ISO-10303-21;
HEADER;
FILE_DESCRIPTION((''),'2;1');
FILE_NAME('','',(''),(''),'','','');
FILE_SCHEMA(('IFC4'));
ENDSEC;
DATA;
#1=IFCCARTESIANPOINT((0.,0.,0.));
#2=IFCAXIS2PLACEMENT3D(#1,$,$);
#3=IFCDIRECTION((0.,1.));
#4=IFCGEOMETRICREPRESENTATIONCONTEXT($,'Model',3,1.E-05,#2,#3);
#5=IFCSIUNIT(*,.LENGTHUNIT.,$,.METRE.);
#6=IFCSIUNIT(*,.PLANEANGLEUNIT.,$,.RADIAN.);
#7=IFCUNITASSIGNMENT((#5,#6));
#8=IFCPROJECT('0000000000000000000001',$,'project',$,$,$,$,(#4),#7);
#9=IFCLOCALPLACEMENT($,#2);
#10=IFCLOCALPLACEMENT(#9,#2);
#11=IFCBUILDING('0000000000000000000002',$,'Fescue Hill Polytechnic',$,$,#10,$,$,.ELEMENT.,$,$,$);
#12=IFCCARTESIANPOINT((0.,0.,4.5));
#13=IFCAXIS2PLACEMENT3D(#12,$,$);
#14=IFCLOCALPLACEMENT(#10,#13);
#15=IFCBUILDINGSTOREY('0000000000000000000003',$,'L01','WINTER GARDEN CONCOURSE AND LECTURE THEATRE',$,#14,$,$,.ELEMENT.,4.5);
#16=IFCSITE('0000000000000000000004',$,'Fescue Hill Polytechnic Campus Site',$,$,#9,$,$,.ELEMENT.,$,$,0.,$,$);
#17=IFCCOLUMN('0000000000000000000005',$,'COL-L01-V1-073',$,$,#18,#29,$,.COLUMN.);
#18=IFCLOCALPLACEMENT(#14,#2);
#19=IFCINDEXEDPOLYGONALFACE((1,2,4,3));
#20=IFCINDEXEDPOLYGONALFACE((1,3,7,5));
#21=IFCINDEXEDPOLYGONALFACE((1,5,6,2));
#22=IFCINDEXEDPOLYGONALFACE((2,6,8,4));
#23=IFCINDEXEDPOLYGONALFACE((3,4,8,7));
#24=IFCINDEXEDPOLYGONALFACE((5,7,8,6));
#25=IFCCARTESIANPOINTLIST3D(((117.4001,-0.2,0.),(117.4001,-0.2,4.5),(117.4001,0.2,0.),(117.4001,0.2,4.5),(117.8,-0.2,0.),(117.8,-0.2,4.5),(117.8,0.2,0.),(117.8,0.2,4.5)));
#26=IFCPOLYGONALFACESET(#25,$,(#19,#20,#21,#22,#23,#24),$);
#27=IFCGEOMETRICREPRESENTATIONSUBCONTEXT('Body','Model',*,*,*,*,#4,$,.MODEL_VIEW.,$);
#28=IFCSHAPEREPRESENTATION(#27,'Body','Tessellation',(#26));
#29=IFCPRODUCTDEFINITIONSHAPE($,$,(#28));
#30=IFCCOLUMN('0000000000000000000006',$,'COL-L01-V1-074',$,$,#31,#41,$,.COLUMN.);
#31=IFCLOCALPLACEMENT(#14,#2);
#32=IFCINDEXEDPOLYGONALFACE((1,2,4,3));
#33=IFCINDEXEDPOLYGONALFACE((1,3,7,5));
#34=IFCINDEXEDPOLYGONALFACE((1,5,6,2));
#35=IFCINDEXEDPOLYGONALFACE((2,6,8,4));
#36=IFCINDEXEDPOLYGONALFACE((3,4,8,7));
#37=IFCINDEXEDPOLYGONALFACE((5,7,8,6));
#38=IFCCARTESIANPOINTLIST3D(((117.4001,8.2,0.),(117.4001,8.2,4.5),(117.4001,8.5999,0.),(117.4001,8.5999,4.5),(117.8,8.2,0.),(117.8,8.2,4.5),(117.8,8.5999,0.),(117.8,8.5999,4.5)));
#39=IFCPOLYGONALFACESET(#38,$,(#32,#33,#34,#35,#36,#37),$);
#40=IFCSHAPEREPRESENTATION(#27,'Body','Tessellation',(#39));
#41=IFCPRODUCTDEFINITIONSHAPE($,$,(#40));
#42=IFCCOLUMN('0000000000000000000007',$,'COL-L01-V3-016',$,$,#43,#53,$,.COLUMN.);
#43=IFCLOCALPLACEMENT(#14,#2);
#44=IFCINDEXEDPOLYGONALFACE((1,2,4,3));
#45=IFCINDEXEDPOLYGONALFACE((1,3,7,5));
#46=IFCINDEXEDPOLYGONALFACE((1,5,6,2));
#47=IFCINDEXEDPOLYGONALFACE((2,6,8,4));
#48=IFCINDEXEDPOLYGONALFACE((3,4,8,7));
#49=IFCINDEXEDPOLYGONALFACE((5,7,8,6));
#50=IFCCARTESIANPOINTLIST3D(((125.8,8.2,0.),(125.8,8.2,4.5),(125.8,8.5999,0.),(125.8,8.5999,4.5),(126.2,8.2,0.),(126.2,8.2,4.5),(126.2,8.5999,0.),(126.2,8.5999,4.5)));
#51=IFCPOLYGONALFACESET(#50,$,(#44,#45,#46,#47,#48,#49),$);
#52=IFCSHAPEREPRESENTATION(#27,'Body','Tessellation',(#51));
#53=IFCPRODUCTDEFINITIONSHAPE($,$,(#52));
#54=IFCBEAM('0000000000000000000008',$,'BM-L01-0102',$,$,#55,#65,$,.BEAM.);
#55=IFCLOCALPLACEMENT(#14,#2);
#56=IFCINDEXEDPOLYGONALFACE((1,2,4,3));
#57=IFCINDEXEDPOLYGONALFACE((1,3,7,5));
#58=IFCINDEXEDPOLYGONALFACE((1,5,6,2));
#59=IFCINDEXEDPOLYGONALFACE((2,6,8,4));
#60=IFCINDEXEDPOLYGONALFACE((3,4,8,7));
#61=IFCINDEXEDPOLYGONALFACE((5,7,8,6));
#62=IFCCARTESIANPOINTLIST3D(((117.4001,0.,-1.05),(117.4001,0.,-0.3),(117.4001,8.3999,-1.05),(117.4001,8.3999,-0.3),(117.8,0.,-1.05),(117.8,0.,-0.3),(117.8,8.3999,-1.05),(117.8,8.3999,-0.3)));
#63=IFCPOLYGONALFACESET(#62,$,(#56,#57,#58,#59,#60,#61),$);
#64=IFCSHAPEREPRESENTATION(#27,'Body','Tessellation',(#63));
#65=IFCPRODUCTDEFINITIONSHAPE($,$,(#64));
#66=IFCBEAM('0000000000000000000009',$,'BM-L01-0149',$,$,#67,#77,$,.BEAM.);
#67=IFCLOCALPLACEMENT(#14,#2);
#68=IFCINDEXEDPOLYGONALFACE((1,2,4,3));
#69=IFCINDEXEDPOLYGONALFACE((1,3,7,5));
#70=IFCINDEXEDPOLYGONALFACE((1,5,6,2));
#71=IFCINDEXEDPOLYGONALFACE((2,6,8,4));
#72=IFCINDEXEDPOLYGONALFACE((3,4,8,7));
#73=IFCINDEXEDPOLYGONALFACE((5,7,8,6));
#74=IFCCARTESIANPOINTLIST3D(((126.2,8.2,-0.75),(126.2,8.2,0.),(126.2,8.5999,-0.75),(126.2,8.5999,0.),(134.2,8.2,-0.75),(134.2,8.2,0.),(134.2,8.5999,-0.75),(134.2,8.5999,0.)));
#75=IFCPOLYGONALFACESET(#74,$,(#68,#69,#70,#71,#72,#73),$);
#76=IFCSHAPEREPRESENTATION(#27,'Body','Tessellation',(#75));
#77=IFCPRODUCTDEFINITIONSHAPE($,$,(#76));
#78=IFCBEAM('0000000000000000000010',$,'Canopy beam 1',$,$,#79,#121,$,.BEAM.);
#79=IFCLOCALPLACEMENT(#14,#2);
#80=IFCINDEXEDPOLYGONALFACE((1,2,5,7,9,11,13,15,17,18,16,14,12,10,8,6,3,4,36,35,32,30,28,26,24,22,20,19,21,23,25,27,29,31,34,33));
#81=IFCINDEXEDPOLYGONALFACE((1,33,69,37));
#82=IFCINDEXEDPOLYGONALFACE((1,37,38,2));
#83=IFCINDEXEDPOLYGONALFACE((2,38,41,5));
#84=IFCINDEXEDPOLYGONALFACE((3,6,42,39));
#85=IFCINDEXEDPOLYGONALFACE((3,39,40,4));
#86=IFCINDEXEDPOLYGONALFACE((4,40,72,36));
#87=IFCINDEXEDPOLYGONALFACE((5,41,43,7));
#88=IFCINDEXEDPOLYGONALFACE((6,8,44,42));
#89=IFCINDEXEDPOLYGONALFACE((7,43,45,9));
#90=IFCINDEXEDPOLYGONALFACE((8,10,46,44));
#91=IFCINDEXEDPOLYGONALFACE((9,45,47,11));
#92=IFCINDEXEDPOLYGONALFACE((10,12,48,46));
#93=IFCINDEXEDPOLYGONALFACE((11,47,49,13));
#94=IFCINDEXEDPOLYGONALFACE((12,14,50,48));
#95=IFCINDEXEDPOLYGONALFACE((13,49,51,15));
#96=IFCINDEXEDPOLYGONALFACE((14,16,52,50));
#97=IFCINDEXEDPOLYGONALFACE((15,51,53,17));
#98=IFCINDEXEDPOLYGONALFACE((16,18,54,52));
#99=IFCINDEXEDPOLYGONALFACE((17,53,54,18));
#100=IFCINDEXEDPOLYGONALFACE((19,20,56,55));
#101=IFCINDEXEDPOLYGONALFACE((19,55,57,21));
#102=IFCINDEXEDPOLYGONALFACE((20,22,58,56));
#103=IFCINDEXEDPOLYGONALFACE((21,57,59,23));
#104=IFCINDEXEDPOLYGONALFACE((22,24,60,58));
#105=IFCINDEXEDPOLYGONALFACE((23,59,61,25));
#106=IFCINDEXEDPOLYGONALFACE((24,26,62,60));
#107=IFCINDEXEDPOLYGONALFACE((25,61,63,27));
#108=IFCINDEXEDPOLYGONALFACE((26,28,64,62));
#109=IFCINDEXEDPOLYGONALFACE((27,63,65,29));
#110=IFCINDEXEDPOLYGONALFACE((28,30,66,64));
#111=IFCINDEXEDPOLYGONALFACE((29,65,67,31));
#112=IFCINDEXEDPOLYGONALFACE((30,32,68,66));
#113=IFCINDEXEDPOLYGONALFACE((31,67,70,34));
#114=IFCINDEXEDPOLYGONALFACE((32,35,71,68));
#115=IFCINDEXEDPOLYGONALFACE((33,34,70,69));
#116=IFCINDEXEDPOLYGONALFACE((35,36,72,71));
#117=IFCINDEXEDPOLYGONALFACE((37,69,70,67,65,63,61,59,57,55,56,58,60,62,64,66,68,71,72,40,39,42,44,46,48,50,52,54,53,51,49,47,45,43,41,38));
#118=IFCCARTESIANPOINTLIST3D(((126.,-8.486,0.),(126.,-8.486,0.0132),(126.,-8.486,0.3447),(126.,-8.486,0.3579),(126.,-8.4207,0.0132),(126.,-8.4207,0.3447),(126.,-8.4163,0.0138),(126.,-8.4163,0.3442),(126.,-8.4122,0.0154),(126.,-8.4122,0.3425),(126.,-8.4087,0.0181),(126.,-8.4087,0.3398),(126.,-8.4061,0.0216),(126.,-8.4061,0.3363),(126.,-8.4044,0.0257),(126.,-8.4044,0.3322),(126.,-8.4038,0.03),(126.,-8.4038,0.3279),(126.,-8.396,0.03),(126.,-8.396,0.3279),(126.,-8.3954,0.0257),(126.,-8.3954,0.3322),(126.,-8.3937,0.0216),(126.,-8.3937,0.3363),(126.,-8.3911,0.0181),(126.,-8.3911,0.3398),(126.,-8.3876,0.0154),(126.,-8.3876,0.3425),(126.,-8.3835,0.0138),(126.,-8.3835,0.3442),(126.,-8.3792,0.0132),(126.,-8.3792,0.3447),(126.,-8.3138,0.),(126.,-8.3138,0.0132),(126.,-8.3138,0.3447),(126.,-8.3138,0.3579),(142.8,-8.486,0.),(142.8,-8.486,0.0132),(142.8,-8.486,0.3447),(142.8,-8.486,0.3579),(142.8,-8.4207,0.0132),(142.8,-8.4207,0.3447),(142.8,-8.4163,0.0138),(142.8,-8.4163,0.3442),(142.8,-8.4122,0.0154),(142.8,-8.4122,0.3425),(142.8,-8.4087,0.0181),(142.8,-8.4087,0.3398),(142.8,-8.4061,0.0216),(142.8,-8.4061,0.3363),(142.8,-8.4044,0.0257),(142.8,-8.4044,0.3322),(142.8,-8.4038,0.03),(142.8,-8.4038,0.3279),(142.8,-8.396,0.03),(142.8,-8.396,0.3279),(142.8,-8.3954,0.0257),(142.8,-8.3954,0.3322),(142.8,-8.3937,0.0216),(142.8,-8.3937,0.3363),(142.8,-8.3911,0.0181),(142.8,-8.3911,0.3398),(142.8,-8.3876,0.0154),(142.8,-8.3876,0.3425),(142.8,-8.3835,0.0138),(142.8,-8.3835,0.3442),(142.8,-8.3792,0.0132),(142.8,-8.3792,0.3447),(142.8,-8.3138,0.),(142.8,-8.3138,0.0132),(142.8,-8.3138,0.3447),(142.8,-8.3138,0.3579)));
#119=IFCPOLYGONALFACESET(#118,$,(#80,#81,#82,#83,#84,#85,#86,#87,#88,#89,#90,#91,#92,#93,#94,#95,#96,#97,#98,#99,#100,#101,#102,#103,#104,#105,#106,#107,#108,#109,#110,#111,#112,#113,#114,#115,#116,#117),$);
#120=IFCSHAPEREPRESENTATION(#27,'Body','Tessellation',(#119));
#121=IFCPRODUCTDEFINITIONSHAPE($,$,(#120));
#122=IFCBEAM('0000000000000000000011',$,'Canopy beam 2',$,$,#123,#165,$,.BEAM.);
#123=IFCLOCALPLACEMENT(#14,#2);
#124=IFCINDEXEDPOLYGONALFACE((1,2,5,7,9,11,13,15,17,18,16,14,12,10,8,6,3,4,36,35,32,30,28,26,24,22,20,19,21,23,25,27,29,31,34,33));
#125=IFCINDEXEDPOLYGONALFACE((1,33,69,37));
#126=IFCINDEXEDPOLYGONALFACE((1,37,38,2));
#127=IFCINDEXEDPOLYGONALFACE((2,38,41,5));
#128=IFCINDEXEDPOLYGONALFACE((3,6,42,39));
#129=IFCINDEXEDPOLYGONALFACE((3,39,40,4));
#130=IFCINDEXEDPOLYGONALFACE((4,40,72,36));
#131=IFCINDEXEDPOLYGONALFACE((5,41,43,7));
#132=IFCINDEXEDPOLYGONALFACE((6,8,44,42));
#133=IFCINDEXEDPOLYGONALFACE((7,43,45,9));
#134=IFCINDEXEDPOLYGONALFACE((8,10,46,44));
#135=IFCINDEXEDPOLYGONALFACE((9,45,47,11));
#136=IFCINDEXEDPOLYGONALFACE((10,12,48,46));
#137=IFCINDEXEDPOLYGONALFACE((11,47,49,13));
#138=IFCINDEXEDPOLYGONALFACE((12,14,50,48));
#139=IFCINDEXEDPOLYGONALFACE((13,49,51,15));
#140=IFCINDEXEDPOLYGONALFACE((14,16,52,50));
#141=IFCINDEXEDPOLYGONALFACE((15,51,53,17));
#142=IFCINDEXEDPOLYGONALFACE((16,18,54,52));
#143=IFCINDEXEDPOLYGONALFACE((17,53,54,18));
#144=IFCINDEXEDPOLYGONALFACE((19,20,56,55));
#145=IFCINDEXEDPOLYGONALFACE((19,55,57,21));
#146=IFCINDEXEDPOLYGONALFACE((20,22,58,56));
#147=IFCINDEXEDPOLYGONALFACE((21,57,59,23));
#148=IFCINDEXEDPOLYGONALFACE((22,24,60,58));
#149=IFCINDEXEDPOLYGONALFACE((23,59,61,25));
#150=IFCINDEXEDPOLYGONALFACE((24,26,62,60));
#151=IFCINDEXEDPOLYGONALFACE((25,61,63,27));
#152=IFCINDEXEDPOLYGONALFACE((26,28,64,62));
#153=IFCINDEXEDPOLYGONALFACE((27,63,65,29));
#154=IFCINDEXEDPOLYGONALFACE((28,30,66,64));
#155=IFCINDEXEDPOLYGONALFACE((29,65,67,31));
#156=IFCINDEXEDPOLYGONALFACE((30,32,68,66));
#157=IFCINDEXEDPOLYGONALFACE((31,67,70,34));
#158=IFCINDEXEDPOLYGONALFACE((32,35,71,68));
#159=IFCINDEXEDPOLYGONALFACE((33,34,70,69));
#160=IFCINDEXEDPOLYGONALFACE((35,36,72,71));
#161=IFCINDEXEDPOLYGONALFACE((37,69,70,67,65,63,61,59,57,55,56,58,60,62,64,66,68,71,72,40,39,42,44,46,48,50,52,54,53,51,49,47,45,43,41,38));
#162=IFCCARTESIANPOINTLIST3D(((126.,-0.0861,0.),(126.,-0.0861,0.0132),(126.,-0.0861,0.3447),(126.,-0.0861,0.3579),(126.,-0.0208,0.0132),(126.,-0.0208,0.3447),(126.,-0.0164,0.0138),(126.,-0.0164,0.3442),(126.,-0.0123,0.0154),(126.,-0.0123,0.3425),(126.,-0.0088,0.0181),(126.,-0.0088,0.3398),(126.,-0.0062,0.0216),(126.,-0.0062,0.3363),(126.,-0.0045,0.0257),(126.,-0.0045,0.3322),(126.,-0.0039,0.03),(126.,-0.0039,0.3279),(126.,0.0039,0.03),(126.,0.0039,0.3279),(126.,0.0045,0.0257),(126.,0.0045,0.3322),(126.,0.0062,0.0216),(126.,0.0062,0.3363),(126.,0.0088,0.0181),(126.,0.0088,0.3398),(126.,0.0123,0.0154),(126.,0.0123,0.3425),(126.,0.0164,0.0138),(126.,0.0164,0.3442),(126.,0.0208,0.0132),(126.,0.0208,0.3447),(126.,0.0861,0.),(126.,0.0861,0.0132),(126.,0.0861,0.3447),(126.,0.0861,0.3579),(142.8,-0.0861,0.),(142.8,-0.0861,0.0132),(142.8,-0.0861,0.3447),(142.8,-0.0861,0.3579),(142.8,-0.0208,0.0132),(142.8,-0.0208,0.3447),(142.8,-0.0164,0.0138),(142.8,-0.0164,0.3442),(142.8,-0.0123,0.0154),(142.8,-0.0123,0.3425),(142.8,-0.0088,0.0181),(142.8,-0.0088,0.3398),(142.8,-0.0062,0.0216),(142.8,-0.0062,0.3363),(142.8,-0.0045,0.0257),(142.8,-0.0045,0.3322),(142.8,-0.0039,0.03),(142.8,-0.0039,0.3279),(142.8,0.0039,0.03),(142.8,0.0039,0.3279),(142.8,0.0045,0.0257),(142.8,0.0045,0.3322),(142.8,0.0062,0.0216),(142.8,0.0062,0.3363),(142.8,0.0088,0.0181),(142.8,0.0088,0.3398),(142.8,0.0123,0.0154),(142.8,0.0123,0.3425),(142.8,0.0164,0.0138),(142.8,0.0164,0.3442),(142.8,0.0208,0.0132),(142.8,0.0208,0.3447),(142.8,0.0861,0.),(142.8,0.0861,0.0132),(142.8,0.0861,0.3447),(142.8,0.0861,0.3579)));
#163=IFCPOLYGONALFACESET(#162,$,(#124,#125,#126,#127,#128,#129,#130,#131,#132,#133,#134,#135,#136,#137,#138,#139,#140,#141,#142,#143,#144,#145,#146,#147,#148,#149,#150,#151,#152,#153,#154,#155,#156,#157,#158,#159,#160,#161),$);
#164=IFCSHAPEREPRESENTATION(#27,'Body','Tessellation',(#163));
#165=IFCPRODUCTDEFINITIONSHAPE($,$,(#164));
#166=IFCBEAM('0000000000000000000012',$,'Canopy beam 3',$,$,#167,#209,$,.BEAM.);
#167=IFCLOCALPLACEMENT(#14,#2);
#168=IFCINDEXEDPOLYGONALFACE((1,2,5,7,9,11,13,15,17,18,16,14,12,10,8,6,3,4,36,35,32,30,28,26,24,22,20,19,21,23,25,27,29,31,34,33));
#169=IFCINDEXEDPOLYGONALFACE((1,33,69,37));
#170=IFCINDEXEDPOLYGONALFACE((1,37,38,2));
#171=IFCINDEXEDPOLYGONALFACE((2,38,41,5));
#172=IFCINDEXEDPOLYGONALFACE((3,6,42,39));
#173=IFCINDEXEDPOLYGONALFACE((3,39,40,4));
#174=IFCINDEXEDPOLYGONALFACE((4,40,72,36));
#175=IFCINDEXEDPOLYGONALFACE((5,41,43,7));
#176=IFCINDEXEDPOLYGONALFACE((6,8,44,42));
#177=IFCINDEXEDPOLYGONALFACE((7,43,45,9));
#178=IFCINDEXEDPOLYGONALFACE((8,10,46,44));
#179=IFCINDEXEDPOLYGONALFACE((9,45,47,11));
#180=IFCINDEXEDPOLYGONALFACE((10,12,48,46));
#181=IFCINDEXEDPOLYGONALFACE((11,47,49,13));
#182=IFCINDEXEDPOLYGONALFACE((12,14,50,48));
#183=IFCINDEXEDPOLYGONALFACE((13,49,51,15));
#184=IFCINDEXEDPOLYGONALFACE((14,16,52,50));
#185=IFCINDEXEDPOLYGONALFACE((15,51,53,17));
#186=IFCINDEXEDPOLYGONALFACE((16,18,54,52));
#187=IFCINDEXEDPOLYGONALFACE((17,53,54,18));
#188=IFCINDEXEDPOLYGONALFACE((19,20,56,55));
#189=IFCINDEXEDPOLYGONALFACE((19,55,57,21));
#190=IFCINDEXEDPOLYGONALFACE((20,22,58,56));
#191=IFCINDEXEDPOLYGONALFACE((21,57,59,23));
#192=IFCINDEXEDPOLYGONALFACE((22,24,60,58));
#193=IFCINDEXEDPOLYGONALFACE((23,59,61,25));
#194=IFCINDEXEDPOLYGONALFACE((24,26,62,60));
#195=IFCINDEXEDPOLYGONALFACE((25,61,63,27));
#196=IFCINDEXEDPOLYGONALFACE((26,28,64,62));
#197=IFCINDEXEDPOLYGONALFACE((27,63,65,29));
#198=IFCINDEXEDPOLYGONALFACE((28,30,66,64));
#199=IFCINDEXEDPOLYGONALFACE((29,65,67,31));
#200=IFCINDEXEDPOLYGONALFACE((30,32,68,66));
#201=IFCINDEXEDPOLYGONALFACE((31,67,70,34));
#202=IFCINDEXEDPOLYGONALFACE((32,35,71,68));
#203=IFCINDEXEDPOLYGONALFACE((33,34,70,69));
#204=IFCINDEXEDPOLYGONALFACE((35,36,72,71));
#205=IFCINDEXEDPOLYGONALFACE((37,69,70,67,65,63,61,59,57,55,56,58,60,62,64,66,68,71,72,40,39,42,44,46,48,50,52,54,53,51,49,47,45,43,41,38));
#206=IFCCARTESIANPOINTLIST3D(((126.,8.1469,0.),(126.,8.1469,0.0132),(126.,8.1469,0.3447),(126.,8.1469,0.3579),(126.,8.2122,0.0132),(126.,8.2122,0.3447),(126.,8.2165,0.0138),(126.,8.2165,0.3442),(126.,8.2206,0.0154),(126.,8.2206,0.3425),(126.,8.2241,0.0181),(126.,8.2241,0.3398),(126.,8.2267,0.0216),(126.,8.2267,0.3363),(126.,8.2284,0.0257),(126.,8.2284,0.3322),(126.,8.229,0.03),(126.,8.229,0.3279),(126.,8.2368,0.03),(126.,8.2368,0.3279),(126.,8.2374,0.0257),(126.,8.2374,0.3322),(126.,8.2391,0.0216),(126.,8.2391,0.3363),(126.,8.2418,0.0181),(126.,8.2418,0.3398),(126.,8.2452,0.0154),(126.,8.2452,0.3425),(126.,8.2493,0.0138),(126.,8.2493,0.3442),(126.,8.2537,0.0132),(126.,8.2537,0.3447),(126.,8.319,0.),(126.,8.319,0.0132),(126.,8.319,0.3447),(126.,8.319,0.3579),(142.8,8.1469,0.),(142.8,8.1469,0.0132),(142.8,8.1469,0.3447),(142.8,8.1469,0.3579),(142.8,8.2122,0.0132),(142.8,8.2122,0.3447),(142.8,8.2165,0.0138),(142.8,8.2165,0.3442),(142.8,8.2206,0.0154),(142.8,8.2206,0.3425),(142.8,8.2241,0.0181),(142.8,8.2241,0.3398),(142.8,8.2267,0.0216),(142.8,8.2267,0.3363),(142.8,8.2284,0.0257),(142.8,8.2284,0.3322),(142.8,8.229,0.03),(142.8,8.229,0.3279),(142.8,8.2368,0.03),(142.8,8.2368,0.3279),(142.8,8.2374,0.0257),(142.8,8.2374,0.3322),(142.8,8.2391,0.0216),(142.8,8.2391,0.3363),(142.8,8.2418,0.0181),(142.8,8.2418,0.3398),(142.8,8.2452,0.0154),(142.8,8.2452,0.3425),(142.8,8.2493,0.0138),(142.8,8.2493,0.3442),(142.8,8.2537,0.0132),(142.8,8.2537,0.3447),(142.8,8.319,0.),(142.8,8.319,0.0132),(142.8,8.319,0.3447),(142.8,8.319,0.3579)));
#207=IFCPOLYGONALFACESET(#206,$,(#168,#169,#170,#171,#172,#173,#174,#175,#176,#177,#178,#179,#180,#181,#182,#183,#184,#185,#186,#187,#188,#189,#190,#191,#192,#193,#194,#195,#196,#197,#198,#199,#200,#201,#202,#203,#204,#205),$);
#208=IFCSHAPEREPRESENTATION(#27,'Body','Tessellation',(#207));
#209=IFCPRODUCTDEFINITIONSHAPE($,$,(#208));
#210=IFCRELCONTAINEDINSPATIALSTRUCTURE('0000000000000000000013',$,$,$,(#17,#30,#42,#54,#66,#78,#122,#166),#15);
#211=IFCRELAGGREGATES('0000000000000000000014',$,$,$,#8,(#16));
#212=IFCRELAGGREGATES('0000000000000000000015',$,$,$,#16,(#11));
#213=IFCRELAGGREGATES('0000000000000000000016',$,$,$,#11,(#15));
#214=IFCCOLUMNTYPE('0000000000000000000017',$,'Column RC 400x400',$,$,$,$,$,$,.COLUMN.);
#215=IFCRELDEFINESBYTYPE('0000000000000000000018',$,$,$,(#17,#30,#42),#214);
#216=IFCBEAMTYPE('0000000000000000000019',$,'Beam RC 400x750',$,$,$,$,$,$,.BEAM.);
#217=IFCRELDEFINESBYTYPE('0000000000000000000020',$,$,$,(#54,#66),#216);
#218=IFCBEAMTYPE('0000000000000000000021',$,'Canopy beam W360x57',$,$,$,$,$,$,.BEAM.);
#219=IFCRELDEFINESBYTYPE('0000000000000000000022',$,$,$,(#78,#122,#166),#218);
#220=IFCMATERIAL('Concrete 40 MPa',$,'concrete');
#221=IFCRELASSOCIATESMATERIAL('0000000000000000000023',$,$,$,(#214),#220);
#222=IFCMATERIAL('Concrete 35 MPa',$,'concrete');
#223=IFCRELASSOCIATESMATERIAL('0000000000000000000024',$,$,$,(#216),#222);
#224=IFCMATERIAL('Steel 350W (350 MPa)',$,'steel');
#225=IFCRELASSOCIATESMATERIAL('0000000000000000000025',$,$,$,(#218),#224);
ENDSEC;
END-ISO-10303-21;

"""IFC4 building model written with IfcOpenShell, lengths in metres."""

from ifc_helpers import new_model, si_unit, direction, frame, origin, origin_2d, place, context, subcontext, project, spatial, rectangle, i_section, extrude, material, material_profile, profile_set, type_object, element, save


model = new_model("IFC4")

# Units and contexts
model_context = context("Model", 3, precision=1e-05, world=origin(), true_north=direction((0.0, 1.0)))
body_context = subcontext(model_context, "Body", "Model", "MODEL_VIEW")
ifc_project = project(units=[si_unit("LENGTHUNIT", "METRE"), si_unit("PLANEANGLEUNIT", "RADIAN")], contexts=[model_context])

# Site, building, storey
site_placement = place(None, origin())
site = spatial("IfcSite", under=ifc_project, at=site_placement, Name="Fescue Hill Polytechnic Campus Site", CompositionType="ELEMENT", RefElevation=0.0)
building_placement = place(site_placement, origin())
building = spatial("IfcBuilding", under=site, at=building_placement, Name="Fescue Hill Polytechnic", CompositionType="ELEMENT")
storey_placement = place(building_placement, frame((0.0, 0.0, 4.5)))
storey = spatial("IfcBuildingStorey", under=building, at=storey_placement, Name="L01", Description="WINTER GARDEN CONCOURSE AND LECTURE THEATRE", CompositionType="ELEMENT", Elevation=4.5)

# Columns
ifc_material_1 = material(Name="Concrete 40 MPa", Category="concrete")
ifc_material_profile_1 = material_profile(ifc_material_1, rectangle(XDim=0.3999, YDim=0.3999, at=origin_2d()), Name="RC 400x400")
ifc_profile_set_1 = profile_set([ifc_material_profile_1], Name="Concrete 40 MPa")
column_type = type_object("IfcColumnType", Name="Column RC 400x400", PredefinedType="COLUMN", material=ifc_profile_set_1)
for number, where, z_axis, x_axis, name in (
    (1, (117.6001, 0.0, 0.0), (0.0, 0.0, 1.0), (1.0, 0.0, 0.0), "COL-L01-V1-073"),
    (2, (117.6001, 8.3999, 0.0), (0.0, 0.0, 1.0), (1.0, 0.0, 0.0), "COL-L01-V1-074"),
    (3, (126.0, 8.3999, 0.0), (0.0, 0.0, 1.0), (1.0, 0.0, 0.0), "COL-L01-V3-016"),
):
    element("IfcColumn", number, at=place(storey_placement, frame(where, z_axis=z_axis, x_axis=x_axis)), inside=storey, type_object=column_type, Name=name, PredefinedType="COLUMN", context=body_context, shape_type="SweptSolid", body=[
        extrude(rectangle(XDim=0.3999, YDim=0.3999, at=origin_2d()), origin(), (0.0, 0.0, 1.0), 4.5),
    ])

# Beams
ifc_material_2 = material(Name="Concrete 35 MPa", Category="concrete")
ifc_material_profile_2 = material_profile(ifc_material_2, rectangle(XDim=0.3999, YDim=0.75, at=origin_2d()), Name="RC 400x750")
ifc_profile_set_2 = profile_set([ifc_material_profile_2], Name="Concrete 35 MPa")
beam_type_1 = type_object("IfcBeamType", Name="Beam RC 400x750", PredefinedType="BEAM", material=ifc_profile_set_2)
beam_1_placement = place(storey_placement, frame((117.6001, 0.0, -0.675), z_axis=(0.0, 1.0, 0.0), x_axis=(-1.0, 0.0, 0.0)))
element("IfcBeam", 4, at=beam_1_placement, inside=storey, type_object=beam_type_1, Name="BM-L01-0102", PredefinedType="BEAM", context=body_context, shape_type="SweptSolid", body=[
    extrude(rectangle(XDim=0.3999, YDim=0.75, at=origin_2d()), origin(), (0.0, 0.0, 1.0), 8.3999),
])
beam_2_placement = place(storey_placement, frame((126.2, 8.3999, -0.375), z_axis=(1.0, 0.0, 0.0), x_axis=(0.0, 1.0, 0.0)))
element("IfcBeam", 5, at=beam_2_placement, inside=storey, type_object=beam_type_1, Name="BM-L01-0149", PredefinedType="BEAM", context=body_context, shape_type="SweptSolid", body=[
    extrude(rectangle(XDim=0.3999, YDim=0.75, at=origin_2d()), origin(), (0.0, 0.0, 1.0), 8.0),
])
ifc_material_3 = material(Name="Steel 350W (350 MPa)", Category="steel")
ifc_material_profile_3 = material_profile(ifc_material_3, i_section(OverallWidth=0.1721, OverallDepth=0.3579, WebThickness=0.0078, FlangeThickness=0.0132, FilletRadius=0.0168, at=origin_2d()), Name="W360x57")
ifc_profile_set_3 = profile_set([ifc_material_profile_3], Name="Steel 350W (350 MPa)")
beam_type_2 = type_object("IfcBeamType", Name="Canopy beam W360x57", PredefinedType="BEAM", material=ifc_profile_set_3)
for number, where, z_axis, x_axis, name in (
    (6, (126.0, -8.3999, 0.179), (1.0, 0.0, 0.0), (0.0, 1.0, 0.0), "Canopy beam 1"),
    (7, (126.0, 0.0, 0.179), (1.0, 0.0, 0.0), (0.0, 1.0, 0.0), "Canopy beam 2"),
    (8, (126.0, 8.2329, 0.179), (1.0, 0.0, 0.0), (0.0, 1.0, 0.0), "Canopy beam 3"),
):
    element("IfcBeam", number, at=place(storey_placement, frame(where, z_axis=z_axis, x_axis=x_axis)), inside=storey, type_object=beam_type_2, Name=name, PredefinedType="BEAM", context=body_context, shape_type="SweptSolid", body=[
        extrude(i_section(OverallWidth=0.1721, OverallDepth=0.3579, WebThickness=0.0078, FlangeThickness=0.0132, FilletRadius=0.0168, at=origin_2d()), origin(), (0.0, 0.0, 1.0), 16.8),
    ])

save(model, "model.ifc")
